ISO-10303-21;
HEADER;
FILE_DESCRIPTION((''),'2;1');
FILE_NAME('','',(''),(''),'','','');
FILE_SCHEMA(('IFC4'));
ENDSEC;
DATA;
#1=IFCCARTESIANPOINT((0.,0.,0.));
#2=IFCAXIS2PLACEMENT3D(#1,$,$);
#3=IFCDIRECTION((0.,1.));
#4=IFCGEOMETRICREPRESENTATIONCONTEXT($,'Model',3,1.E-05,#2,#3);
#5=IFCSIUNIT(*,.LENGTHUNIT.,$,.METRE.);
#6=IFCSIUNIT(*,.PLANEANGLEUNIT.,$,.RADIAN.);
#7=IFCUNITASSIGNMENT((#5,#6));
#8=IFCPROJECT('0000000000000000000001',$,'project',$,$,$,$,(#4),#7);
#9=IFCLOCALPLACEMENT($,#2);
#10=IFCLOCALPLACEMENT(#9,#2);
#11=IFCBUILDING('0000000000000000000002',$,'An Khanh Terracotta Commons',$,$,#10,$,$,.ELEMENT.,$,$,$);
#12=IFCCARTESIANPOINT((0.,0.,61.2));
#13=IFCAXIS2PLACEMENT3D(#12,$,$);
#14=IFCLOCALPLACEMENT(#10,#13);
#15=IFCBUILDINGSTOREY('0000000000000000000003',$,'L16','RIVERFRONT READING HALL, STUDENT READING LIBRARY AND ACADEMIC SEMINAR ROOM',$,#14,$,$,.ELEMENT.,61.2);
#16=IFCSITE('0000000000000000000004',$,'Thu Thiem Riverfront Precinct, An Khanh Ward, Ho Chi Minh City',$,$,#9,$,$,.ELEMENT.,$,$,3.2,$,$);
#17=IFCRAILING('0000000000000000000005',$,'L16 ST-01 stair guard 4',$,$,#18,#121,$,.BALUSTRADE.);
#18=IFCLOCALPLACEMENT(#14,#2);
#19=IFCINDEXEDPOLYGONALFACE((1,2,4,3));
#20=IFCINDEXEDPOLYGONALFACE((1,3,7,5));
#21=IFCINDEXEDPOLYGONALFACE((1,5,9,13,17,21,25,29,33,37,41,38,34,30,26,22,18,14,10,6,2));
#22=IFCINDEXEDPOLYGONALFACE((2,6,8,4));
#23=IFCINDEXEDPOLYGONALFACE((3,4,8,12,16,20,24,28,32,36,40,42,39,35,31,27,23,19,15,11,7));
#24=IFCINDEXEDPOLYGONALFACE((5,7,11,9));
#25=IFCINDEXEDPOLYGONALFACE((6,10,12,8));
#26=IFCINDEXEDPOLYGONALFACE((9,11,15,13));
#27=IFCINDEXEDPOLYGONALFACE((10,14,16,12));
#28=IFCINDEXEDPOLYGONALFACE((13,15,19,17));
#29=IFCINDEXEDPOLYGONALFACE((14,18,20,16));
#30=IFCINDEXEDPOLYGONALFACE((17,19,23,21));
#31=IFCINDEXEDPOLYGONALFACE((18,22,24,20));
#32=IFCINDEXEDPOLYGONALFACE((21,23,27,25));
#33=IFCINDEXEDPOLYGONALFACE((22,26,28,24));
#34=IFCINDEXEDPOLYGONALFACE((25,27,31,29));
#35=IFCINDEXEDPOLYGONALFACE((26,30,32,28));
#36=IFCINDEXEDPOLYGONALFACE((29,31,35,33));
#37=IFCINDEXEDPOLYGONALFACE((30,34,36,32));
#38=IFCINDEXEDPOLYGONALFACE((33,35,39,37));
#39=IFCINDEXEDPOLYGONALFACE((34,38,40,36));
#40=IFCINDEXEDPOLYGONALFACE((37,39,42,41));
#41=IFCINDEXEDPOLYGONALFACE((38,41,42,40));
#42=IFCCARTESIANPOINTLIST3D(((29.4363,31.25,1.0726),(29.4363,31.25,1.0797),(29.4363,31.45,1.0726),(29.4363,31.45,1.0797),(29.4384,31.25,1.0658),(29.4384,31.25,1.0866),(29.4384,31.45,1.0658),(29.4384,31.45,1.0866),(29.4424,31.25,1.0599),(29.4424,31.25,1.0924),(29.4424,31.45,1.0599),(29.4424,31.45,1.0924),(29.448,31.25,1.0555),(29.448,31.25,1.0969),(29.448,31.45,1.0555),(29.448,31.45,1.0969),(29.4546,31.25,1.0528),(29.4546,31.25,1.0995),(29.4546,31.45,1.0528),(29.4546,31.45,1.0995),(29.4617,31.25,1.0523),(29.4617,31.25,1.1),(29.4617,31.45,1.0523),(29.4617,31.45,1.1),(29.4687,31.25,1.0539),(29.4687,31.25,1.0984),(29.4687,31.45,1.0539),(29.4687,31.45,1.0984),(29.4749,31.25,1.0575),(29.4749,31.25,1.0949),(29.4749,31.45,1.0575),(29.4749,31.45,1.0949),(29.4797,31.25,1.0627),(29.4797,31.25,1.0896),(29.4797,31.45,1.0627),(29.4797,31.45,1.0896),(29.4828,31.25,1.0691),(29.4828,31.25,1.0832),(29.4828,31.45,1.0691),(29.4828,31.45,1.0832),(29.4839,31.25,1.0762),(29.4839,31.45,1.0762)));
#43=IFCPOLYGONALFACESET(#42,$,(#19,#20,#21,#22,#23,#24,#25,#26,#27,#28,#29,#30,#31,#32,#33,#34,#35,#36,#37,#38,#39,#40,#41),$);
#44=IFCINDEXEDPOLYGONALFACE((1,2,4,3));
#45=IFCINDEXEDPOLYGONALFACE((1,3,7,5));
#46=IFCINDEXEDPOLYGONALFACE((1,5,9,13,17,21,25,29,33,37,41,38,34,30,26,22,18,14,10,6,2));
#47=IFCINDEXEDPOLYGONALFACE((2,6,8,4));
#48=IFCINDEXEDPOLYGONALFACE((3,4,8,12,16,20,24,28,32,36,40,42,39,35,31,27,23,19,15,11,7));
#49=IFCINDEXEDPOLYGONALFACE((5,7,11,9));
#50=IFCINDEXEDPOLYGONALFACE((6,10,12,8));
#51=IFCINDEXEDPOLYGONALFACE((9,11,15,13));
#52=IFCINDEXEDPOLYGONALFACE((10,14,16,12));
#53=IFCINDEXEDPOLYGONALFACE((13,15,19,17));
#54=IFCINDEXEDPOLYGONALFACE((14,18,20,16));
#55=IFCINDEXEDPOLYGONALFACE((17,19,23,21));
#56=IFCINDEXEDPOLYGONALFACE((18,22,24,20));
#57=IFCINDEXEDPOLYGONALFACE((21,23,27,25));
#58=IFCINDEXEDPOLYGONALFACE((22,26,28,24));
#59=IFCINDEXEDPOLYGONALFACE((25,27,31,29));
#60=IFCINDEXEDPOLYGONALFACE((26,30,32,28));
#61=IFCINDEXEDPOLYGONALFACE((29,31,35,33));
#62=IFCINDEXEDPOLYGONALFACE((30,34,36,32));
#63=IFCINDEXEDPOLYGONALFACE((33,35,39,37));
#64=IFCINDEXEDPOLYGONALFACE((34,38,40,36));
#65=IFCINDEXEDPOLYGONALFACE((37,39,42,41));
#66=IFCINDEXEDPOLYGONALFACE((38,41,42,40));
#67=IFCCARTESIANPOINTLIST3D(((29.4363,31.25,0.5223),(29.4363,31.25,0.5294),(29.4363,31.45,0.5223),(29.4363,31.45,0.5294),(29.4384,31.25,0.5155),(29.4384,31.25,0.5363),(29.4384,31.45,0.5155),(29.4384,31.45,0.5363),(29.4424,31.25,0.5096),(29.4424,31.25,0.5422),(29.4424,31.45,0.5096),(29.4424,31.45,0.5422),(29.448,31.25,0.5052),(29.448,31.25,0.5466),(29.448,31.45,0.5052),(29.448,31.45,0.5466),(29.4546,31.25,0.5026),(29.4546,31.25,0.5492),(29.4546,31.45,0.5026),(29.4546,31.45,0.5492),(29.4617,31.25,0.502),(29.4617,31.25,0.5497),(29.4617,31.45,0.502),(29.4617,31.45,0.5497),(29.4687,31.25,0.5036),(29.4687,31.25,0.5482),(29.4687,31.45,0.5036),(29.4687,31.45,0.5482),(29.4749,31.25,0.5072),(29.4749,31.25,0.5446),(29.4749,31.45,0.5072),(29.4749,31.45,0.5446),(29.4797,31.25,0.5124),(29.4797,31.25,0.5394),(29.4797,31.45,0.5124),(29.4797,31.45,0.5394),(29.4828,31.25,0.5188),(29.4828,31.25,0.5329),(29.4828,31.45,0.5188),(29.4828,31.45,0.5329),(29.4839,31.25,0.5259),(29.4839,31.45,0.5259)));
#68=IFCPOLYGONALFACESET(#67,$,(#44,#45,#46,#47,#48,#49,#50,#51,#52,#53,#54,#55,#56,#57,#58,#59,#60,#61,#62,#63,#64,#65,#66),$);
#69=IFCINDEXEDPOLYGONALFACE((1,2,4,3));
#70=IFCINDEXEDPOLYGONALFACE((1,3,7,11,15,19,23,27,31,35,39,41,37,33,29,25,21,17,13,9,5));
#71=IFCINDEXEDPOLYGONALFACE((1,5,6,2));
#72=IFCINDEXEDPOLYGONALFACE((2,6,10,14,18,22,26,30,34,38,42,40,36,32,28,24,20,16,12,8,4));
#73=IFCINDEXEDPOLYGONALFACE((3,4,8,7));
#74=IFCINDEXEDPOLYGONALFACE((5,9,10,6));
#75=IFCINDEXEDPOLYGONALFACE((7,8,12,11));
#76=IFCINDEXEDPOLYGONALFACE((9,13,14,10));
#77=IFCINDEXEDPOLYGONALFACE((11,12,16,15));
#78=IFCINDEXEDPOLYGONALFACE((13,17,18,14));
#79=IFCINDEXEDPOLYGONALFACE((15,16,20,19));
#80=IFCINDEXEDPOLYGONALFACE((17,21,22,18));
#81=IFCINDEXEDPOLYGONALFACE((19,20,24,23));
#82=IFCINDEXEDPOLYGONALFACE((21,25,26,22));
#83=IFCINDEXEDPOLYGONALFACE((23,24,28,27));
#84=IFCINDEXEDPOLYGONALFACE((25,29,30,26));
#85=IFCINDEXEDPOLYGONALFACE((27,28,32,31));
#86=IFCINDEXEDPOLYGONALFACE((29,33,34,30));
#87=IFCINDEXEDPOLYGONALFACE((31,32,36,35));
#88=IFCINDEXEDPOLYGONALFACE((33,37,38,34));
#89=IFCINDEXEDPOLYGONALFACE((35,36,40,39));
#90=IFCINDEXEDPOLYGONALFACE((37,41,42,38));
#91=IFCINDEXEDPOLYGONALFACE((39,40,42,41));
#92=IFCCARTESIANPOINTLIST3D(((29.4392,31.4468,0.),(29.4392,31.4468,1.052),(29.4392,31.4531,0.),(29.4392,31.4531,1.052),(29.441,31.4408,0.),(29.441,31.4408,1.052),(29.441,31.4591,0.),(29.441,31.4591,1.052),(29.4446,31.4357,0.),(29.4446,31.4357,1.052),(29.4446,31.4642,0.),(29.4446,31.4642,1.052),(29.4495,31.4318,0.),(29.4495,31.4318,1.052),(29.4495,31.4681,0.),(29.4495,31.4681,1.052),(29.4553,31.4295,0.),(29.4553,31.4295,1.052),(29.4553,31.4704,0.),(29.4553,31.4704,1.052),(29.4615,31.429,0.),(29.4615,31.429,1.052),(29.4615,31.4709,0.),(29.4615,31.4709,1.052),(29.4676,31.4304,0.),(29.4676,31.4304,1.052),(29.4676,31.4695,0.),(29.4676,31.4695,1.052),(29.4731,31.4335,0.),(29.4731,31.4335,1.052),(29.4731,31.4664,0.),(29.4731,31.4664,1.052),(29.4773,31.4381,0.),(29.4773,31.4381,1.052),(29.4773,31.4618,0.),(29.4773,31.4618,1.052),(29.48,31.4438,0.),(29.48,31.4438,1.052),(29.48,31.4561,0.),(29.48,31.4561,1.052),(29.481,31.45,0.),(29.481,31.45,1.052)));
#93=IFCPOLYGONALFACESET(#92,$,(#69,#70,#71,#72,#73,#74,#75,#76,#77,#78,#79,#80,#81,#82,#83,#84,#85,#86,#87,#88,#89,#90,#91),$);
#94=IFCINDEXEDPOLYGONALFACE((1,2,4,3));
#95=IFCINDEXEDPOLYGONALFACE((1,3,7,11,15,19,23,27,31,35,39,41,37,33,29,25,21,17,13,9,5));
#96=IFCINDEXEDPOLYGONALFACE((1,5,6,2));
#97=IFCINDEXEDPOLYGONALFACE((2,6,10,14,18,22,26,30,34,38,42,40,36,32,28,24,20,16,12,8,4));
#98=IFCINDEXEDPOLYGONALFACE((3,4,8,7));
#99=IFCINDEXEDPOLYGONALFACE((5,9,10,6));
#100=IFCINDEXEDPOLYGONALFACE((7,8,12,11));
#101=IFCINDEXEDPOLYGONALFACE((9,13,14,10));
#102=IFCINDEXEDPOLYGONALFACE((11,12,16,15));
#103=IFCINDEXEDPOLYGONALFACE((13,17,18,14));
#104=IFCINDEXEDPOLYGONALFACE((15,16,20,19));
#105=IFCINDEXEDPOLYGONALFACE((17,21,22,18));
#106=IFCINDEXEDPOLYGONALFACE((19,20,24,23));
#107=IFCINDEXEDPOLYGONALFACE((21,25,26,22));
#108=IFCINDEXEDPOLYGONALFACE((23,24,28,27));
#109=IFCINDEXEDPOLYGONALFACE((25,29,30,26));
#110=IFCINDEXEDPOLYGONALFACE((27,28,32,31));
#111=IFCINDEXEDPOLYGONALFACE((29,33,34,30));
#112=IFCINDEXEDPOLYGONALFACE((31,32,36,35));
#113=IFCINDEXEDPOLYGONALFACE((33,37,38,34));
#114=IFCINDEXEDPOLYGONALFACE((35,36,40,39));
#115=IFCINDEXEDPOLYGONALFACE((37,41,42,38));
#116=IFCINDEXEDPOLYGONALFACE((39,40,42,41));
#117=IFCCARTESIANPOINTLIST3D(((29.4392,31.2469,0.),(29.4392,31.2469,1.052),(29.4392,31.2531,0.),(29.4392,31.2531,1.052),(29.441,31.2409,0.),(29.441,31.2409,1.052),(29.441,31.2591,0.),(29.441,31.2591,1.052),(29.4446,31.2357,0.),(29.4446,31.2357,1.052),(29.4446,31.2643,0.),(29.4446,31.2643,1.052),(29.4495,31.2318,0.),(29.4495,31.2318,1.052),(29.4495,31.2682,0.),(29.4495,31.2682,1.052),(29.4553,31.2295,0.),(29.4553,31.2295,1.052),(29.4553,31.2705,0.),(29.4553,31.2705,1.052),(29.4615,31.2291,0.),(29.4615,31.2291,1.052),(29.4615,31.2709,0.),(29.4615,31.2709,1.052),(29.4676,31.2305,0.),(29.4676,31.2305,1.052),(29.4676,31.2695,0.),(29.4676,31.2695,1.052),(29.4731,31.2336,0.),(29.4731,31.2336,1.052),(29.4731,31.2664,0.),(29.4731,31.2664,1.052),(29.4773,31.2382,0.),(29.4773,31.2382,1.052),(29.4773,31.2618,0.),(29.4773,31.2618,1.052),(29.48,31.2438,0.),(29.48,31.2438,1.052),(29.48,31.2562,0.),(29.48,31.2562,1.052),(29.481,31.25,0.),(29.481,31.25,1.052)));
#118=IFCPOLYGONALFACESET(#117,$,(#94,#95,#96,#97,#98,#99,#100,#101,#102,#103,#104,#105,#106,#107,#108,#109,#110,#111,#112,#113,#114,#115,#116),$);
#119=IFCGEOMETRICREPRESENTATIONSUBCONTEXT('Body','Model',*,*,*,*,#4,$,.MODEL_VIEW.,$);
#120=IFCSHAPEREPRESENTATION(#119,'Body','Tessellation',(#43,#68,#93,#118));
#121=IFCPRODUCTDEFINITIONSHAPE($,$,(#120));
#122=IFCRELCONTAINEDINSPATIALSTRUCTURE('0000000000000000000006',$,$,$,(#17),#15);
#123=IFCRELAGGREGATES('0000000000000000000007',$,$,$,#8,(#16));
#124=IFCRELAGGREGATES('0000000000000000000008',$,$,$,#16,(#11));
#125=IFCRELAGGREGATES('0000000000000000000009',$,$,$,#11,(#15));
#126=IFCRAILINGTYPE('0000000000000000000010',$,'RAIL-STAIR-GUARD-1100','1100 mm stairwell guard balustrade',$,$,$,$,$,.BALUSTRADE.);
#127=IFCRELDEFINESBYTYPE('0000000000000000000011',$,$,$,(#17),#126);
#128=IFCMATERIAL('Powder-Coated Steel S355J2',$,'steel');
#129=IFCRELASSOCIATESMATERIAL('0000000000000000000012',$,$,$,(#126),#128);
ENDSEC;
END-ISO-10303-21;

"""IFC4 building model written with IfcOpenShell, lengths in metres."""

from ifc_helpers import new_model, si_unit, direction, frame, origin, origin_2d, place, context, subcontext, project, spatial, circle, extrude, material, type_object, element, save


model = new_model("IFC4")

# Units and contexts
model_context = context("Model", 3, precision=1e-05, world=origin(), true_north=direction((0.0, 1.0)))
body_context = subcontext(model_context, "Body", "Model", "MODEL_VIEW")
ifc_project = project(units=[si_unit("LENGTHUNIT", "METRE"), si_unit("PLANEANGLEUNIT", "RADIAN")], contexts=[model_context])

# Site, building, storey
site_placement = place(None, origin())
site = spatial("IfcSite", under=ifc_project, at=site_placement, Name="Thu Thiem Riverfront Precinct, An Khanh Ward, Ho Chi Minh City", CompositionType="ELEMENT", RefElevation=3.2)
building_placement = place(site_placement, origin())
building = spatial("IfcBuilding", under=site, at=building_placement, Name="An Khanh Terracotta Commons", CompositionType="ELEMENT")
storey_placement = place(building_placement, frame((0.0, 0.0, 61.2)))
storey = spatial("IfcBuildingStorey", under=building, at=storey_placement, Name="L16", Description="RIVERFRONT READING HALL, STUDENT READING LIBRARY AND ACADEMIC SEMINAR ROOM", CompositionType="ELEMENT", Elevation=61.2)

# Railing
ifc_material_1 = material(Name="Powder-Coated Steel S355J2", Category="steel")
railing_type_1 = type_object("IfcRailingType", Name="RAIL-STAIR-GUARD-1100", Description="1100 mm stairwell guard balustrade", PredefinedType="BALUSTRADE", material=ifc_material_1)
railing_1_placement = place(storey_placement, frame((29.46, 31.45, 0.0)))
element("IfcRailing", 1, at=railing_1_placement, inside=storey, type_object=railing_type_1, Name="L16 ST-01 stair guard 4", PredefinedType="BALUSTRADE", context=body_context, shape_type="SweptSolid", body=[
    extrude(circle(Radius=0.0239, at=origin_2d()), frame((0.0, 0.0, 1.0762), z_axis=(0.0, -1.0, 0.0), x_axis=(1.0, 0.0, 0.0)), (0.0, 0.0, 1.0), 0.2),
    extrude(circle(Radius=0.0239, at=origin_2d()), frame((0.0, 0.0, 0.5259), z_axis=(0.0, -1.0, 0.0), x_axis=(1.0, 0.0, 0.0)), (0.0, 0.0, 1.0), 0.2),
    extrude(circle(Radius=0.021, at=origin_2d()), origin(), (0.0, 0.0, 1.0), 1.052),
    extrude(circle(Radius=0.021, at=origin_2d()), frame((0.0, -0.2, 0.0)), (0.0, 0.0, 1.0), 1.052),
])

save(model, "model.ifc")
